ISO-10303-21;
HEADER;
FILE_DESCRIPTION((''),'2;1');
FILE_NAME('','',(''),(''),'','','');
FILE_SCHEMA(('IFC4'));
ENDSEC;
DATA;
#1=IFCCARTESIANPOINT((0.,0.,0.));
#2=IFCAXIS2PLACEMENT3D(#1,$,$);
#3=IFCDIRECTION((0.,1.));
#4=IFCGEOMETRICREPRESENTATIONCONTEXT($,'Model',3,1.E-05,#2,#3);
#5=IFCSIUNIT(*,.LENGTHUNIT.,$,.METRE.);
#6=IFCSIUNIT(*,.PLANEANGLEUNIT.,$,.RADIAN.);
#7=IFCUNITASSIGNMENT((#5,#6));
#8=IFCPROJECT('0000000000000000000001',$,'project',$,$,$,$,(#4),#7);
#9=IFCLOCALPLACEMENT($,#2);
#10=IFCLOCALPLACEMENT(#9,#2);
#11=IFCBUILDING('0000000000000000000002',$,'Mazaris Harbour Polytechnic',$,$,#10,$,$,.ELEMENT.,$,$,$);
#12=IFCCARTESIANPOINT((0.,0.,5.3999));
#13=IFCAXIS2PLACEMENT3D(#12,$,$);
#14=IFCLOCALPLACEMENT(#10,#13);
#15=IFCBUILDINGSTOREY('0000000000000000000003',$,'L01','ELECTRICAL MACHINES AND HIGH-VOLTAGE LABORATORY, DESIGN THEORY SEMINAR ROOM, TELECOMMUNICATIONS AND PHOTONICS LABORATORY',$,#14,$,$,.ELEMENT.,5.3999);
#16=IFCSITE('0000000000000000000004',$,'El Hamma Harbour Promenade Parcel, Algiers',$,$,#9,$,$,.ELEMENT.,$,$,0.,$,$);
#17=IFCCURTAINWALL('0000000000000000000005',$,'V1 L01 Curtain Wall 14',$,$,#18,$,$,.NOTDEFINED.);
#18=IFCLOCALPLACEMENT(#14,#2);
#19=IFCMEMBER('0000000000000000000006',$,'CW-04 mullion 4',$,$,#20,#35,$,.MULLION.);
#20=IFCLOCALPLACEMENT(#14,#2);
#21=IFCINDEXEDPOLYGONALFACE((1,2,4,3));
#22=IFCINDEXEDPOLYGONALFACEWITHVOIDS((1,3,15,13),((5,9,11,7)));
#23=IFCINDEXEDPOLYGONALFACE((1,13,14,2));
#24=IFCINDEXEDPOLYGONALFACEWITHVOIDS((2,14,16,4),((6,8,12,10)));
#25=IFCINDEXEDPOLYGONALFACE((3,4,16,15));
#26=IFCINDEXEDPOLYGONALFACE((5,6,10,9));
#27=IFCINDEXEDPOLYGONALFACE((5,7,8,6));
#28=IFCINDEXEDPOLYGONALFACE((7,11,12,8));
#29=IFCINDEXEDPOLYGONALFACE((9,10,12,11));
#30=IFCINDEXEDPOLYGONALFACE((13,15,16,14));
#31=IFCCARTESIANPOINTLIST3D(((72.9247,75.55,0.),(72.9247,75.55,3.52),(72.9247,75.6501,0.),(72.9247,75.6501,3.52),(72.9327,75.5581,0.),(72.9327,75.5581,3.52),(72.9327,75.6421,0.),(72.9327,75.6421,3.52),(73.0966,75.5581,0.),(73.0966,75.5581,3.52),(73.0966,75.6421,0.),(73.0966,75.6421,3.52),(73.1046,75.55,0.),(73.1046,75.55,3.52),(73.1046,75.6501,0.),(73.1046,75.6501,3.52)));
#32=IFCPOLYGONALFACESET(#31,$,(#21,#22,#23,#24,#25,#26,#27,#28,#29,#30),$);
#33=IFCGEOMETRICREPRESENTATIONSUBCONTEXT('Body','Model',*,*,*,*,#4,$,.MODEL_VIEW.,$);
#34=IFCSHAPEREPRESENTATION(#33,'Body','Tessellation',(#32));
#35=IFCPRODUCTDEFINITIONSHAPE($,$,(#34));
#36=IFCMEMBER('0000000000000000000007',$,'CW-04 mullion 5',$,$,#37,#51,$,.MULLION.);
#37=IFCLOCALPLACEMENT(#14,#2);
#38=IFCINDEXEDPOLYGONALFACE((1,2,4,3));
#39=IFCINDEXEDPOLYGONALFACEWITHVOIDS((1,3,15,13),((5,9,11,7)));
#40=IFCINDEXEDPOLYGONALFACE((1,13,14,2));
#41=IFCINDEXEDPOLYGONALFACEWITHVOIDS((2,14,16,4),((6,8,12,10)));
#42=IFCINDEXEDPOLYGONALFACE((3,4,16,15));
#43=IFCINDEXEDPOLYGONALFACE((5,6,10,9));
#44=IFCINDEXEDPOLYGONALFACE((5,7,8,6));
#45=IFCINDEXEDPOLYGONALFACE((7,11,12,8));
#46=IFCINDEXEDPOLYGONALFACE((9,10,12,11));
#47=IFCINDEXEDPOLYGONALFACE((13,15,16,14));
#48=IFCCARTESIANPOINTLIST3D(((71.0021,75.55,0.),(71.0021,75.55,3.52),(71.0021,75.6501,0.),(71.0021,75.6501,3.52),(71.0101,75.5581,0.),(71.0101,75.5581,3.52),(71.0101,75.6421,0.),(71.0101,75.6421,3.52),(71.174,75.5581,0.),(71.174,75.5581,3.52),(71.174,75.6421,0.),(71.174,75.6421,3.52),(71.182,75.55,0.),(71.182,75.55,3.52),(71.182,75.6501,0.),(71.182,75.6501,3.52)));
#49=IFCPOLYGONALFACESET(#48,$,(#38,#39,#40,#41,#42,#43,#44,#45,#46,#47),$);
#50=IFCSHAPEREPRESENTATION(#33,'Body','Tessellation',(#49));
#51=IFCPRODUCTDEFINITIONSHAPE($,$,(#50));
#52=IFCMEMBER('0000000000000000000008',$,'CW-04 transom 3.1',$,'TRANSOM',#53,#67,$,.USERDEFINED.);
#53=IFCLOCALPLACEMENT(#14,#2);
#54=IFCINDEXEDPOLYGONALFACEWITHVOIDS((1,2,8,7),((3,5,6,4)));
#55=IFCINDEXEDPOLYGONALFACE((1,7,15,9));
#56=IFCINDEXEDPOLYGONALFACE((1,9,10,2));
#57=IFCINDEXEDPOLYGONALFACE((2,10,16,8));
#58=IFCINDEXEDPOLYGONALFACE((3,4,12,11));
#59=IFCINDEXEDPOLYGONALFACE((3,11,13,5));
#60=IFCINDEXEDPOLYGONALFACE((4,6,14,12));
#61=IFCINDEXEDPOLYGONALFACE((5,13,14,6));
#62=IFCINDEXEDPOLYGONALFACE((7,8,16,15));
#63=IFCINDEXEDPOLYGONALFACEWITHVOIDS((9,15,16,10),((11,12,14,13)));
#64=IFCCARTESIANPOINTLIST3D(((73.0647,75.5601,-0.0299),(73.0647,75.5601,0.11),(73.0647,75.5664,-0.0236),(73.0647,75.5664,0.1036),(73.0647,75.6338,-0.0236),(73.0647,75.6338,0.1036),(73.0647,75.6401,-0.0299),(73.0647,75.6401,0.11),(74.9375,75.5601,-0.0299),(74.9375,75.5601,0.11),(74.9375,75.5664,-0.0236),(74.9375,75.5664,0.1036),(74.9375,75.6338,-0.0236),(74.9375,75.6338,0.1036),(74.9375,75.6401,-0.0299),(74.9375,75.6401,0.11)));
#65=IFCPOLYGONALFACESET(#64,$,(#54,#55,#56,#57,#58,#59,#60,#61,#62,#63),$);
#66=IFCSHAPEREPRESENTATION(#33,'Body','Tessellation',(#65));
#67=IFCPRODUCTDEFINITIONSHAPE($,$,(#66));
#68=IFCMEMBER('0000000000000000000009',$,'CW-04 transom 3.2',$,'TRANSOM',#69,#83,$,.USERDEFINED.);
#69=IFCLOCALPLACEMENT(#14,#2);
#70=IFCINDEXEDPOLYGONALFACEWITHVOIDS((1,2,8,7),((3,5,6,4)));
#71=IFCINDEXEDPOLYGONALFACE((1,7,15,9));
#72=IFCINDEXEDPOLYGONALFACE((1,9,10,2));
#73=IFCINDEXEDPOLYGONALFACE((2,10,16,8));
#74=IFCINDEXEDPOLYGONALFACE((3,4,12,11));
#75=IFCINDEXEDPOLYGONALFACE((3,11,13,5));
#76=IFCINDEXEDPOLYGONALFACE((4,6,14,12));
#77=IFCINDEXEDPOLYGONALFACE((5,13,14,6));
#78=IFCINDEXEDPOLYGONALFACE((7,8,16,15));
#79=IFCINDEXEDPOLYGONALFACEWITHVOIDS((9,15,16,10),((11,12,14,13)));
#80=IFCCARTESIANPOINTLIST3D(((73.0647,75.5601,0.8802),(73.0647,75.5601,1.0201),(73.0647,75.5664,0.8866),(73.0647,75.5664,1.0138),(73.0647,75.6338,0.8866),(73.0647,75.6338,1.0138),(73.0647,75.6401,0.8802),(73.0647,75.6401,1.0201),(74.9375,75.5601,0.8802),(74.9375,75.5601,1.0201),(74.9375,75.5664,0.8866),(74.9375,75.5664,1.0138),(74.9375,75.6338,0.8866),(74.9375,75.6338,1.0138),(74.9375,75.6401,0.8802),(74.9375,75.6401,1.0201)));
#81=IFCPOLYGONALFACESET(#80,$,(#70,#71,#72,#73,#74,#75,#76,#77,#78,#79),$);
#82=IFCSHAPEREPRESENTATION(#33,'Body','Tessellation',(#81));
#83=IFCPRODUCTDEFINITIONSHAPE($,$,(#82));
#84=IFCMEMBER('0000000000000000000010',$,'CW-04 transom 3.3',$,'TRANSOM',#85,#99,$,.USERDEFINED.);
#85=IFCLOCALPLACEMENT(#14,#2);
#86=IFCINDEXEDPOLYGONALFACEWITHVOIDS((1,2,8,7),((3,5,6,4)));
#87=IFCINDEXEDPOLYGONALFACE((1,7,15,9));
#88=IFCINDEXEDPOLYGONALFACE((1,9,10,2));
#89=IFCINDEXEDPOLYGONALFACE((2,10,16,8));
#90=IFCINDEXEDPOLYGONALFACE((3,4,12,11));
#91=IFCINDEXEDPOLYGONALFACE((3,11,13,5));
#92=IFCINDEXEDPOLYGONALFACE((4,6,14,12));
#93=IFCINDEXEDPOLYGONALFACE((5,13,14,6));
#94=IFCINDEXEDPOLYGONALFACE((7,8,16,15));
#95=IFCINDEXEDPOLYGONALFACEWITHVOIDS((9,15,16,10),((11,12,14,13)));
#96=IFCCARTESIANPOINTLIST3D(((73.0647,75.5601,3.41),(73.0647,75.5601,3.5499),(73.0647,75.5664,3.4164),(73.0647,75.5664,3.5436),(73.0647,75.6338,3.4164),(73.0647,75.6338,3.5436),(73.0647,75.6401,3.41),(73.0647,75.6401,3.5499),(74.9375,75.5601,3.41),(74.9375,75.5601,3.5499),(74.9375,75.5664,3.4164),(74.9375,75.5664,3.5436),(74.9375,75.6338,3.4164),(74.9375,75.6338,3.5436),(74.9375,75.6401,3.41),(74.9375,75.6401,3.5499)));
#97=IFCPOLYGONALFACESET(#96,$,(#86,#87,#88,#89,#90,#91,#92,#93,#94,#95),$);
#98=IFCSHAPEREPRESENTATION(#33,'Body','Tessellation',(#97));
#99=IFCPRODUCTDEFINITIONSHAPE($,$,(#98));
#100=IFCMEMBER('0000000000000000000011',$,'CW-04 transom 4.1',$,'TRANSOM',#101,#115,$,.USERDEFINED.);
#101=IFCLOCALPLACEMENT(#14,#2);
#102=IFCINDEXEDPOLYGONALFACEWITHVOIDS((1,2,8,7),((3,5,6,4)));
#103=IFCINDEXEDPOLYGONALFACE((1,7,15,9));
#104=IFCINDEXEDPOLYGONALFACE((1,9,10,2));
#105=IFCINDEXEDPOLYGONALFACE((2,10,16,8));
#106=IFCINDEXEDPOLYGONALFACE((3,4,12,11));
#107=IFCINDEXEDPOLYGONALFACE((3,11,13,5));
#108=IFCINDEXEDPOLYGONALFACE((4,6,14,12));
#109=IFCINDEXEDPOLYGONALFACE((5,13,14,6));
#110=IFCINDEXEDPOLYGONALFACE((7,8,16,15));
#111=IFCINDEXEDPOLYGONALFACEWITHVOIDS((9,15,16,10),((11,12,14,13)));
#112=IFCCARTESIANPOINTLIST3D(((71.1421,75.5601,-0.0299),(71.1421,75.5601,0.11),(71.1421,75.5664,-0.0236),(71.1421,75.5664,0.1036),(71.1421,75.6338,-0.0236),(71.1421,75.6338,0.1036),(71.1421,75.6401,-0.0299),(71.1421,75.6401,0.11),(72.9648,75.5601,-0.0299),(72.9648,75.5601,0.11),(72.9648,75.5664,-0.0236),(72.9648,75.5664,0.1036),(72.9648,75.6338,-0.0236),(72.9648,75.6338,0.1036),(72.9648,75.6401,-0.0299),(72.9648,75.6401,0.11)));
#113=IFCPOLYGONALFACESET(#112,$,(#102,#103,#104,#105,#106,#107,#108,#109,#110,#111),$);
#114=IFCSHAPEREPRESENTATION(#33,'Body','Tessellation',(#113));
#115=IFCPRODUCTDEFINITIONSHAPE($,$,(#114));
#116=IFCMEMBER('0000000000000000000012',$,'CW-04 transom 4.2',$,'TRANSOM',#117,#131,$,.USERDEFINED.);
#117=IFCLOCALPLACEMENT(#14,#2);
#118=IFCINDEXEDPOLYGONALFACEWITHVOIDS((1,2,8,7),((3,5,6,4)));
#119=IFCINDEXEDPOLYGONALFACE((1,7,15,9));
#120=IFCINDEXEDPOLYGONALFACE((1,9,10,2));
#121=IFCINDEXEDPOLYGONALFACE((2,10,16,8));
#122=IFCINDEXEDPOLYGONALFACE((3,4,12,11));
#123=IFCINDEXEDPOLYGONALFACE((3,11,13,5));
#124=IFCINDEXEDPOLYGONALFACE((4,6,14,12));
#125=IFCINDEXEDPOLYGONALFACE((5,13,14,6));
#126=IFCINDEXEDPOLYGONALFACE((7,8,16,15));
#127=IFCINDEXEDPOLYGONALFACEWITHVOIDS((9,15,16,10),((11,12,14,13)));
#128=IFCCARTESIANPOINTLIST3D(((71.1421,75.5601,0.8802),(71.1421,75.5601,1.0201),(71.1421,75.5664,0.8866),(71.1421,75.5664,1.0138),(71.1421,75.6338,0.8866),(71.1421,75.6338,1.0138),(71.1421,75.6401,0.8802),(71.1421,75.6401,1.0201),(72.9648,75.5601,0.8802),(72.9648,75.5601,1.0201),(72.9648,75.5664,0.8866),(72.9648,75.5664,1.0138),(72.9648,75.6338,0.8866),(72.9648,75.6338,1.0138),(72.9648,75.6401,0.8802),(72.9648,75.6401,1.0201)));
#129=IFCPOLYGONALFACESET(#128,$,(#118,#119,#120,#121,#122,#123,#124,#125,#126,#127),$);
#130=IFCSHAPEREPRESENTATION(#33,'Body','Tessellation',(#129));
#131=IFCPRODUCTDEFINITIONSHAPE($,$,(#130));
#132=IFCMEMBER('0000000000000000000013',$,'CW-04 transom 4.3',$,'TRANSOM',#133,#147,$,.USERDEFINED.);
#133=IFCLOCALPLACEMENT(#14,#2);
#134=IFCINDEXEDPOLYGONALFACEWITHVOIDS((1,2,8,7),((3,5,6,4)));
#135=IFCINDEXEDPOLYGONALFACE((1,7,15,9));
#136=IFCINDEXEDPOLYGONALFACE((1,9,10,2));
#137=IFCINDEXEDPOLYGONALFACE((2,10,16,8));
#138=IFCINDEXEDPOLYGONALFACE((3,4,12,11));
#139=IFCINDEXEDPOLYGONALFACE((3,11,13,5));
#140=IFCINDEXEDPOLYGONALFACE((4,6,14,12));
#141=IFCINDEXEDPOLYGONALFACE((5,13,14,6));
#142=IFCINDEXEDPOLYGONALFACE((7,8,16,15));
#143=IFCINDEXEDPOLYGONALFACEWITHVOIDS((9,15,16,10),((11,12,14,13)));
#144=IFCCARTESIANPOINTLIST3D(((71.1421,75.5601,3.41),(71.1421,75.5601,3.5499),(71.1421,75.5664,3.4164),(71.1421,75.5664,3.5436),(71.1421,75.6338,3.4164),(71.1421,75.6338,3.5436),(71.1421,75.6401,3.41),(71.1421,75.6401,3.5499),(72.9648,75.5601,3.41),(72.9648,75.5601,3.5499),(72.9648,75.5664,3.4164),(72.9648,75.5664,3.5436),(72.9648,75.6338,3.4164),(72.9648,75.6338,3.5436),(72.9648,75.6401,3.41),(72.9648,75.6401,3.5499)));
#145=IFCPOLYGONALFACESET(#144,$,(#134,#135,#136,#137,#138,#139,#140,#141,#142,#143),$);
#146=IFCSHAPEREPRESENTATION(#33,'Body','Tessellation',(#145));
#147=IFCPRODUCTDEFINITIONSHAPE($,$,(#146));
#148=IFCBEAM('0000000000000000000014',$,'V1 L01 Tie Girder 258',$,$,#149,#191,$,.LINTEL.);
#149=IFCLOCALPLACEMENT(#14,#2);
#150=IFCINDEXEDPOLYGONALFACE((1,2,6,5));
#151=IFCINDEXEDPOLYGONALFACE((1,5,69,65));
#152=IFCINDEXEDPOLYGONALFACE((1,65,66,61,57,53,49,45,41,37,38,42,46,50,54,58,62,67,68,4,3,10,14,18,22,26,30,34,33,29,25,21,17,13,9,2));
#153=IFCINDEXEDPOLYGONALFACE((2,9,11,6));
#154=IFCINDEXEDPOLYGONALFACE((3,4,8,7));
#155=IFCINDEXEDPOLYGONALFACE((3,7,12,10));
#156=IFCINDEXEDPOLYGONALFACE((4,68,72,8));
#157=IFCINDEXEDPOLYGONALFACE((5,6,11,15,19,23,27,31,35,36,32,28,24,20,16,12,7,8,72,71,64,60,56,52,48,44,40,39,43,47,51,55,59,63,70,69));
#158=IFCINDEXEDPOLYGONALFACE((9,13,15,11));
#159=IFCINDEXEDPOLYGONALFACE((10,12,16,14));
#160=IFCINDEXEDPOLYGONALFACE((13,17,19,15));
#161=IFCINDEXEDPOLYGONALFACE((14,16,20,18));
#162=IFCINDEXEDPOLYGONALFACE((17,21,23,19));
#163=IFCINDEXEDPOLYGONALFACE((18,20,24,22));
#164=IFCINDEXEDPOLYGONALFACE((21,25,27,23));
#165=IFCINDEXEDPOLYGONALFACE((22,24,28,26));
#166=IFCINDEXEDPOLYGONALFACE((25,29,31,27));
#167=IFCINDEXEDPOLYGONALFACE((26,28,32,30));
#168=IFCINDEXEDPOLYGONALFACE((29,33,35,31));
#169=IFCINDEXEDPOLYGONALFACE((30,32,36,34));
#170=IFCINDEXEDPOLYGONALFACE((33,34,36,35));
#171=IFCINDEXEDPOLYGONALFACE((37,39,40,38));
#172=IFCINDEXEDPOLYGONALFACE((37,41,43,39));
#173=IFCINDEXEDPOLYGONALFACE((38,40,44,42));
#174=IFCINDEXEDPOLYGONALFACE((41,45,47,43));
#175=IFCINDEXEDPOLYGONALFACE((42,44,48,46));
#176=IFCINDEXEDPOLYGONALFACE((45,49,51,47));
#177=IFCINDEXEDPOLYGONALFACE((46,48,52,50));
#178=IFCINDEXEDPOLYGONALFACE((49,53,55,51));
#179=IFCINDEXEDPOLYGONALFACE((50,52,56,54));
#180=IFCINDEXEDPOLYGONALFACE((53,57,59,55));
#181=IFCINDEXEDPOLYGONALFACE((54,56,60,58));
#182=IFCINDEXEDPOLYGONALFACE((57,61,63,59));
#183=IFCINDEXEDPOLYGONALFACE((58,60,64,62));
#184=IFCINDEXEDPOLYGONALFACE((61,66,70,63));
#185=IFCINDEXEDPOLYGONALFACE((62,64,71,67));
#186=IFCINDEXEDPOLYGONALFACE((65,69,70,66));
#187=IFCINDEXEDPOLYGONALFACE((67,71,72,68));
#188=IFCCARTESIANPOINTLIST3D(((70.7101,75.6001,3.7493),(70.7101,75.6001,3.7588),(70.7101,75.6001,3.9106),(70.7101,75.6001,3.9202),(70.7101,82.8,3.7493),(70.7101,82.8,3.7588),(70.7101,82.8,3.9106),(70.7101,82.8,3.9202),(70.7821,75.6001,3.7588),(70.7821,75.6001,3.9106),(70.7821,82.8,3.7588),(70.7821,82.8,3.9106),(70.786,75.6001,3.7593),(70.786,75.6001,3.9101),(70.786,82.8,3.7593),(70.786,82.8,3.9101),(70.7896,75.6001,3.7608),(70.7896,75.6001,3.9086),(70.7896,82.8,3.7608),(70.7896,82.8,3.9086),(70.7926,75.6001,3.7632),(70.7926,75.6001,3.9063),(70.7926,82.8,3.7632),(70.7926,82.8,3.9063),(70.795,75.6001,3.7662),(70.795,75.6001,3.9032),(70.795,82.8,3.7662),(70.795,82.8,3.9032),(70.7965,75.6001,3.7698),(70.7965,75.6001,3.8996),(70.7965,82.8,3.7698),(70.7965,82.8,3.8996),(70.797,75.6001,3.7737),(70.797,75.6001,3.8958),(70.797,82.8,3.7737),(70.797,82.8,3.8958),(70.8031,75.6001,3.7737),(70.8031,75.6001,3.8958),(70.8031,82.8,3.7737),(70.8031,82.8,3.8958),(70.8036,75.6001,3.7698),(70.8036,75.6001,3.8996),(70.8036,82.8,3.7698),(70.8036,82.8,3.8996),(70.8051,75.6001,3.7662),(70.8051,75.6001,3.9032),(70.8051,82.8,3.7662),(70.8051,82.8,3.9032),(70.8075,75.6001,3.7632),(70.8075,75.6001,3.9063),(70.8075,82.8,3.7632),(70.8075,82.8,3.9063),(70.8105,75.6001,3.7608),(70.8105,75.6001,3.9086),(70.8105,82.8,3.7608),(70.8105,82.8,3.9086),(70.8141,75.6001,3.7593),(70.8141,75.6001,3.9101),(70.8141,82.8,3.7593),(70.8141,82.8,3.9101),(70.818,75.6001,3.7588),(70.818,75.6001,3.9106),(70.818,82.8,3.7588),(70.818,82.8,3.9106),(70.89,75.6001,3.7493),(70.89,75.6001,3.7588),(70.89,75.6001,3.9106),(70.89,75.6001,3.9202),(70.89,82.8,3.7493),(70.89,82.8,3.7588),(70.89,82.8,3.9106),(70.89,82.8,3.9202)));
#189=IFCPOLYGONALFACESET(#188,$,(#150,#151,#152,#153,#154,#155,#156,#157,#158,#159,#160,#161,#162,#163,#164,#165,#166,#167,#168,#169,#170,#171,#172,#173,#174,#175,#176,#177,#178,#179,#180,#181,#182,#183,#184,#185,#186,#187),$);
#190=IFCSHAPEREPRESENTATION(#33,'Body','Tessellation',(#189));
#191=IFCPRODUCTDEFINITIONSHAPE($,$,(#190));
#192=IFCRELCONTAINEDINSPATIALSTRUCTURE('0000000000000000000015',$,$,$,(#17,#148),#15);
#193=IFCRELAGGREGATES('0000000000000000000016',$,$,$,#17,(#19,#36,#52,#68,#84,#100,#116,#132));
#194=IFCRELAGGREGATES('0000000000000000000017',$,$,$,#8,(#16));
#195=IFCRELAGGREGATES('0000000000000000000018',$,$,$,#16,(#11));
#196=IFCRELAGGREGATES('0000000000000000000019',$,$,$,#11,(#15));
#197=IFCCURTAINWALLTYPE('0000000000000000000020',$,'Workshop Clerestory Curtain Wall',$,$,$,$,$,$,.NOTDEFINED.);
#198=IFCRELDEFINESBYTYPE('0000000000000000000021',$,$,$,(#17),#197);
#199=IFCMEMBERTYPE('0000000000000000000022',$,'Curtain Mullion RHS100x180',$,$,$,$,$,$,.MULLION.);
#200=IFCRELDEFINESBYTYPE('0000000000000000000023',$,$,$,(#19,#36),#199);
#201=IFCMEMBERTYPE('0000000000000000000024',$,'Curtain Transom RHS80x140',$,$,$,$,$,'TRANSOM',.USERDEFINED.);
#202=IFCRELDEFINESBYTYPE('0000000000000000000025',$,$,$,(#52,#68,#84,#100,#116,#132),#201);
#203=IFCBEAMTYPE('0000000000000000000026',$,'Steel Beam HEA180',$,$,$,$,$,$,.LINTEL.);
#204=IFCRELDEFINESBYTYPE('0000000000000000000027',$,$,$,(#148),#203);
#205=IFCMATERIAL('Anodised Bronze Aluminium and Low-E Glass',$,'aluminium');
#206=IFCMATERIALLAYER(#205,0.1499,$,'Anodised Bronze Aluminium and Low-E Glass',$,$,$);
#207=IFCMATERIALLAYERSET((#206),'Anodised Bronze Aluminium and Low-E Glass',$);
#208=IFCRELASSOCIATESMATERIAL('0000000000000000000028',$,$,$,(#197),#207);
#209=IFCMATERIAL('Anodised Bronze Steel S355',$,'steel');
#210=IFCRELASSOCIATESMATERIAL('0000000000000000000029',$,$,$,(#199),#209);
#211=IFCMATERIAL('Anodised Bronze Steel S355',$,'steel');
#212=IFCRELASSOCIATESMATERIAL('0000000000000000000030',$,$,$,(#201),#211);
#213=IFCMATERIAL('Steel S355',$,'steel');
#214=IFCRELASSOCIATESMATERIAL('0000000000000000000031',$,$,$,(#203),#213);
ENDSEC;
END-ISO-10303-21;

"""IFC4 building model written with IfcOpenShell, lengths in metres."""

from ifc_helpers import new_model, si_unit, direction, frame, origin, origin_2d, place, context, subcontext, project, spatial, hollow_rectangle, i_section, extrude, material, layer, layer_set, material_profile, profile_set, type_object, element, aggregate, save


model = new_model("IFC4")

# Units and contexts
model_context = context("Model", 3, precision=1e-05, world=origin(), true_north=direction((0.0, 1.0)))
body_context = subcontext(model_context, "Body", "Model", "MODEL_VIEW")
ifc_project = project(units=[si_unit("LENGTHUNIT", "METRE"), si_unit("PLANEANGLEUNIT", "RADIAN")], contexts=[model_context])

# Site, building, storey
site_placement = place(None, origin())
site = spatial("IfcSite", under=ifc_project, at=site_placement, Name="El Hamma Harbour Promenade Parcel, Algiers", CompositionType="ELEMENT", RefElevation=0.0)
building_placement = place(site_placement, origin())
building = spatial("IfcBuilding", under=site, at=building_placement, Name="Mazaris Harbour Polytechnic", CompositionType="ELEMENT")
storey_placement = place(building_placement, frame((0.0, 0.0, 5.3999)))
storey = spatial("IfcBuildingStorey", under=building, at=storey_placement, Name="L01", Description="ELECTRICAL MACHINES AND HIGH-VOLTAGE LABORATORY, DESIGN THEORY SEMINAR ROOM, TELECOMMUNICATIONS AND PHOTONICS LABORATORY", CompositionType="ELEMENT", Elevation=5.3999)

# Curtain wall, members
ifc_material_1 = material(Name="Anodised Bronze Aluminium and Low-E Glass", Category="aluminium")
ifc_layer_1 = layer(ifc_material_1, 0.1499, Name="Anodised Bronze Aluminium and Low-E Glass")
ifc_layer_set_1 = layer_set([ifc_layer_1], Name="Anodised Bronze Aluminium and Low-E Glass")
curtain_wall_type = type_object("IfcCurtainWallType", Name="Workshop Clerestory Curtain Wall", PredefinedType="NOTDEFINED", material=ifc_layer_set_1)
curtain_wall_placement = place(storey_placement, origin())
curtain_wall = element("IfcCurtainWall", 1, at=curtain_wall_placement, inside=storey, type_object=curtain_wall_type, Name="V1 L01 Curtain Wall 14", PredefinedType="NOTDEFINED")
ifc_material_2 = material(Name="Anodised Bronze Steel S355", Category="steel")
ifc_material_profile_1 = material_profile(ifc_material_2, hollow_rectangle(XDim=0.1001, YDim=0.1799, WallThickness=0.0081, at=origin_2d()), Name="RHS 100x180x8.0")
ifc_profile_set_1 = profile_set([ifc_material_profile_1], Name="Anodised Bronze Steel S355")
member_type_1 = type_object("IfcMemberType", Name="Curtain Mullion RHS100x180", PredefinedType="MULLION", material=ifc_profile_set_1)
member_1_placement = place(storey_placement, frame((73.0146, 75.6001, 0.0), z_axis=(0.0, 0.0, 1.0), x_axis=(0.0, -1.0, 0.0)))
member_1 = element("IfcMember", 2, at=member_1_placement, type_object=member_type_1, Name="CW-04 mullion 4", PredefinedType="MULLION", context=body_context, shape_type="SweptSolid", body=[
    extrude(hollow_rectangle(XDim=0.1001, YDim=0.1799, WallThickness=0.0081, at=origin_2d()), origin(), (0.0, 0.0, 1.0), 3.52),
])
member_2_placement = place(storey_placement, frame((71.092, 75.6001, 0.0), z_axis=(0.0, 0.0, 1.0), x_axis=(0.0, -1.0, 0.0)))
member_2 = element("IfcMember", 3, at=member_2_placement, type_object=member_type_1, Name="CW-04 mullion 5", PredefinedType="MULLION", context=body_context, shape_type="SweptSolid", body=[
    extrude(hollow_rectangle(XDim=0.1001, YDim=0.1799, WallThickness=0.0081, at=origin_2d()), origin(), (0.0, 0.0, 1.0), 3.52),
])
ifc_material_3 = material(Name="Anodised Bronze Steel S355", Category="steel")
ifc_material_profile_2 = material_profile(ifc_material_3, hollow_rectangle(XDim=0.0801, YDim=0.1399, WallThickness=0.0063, at=origin_2d()), Name="RHS 80x140x6.3")
ifc_profile_set_2 = profile_set([ifc_material_profile_2], Name="Anodised Bronze Steel S355")
member_type_2 = type_object("IfcMemberType", Name="Curtain Transom RHS80x140", ElementType="TRANSOM", PredefinedType="USERDEFINED", material=ifc_profile_set_2)
member_3_placement = place(storey_placement, frame((74.9375, 75.6001, 0.04), z_axis=(-1.0, 0.0, 0.0), x_axis=(0.0, -1.0, 0.0)))
member_3 = element("IfcMember", 4, at=member_3_placement, type_object=member_type_2, Name="CW-04 transom 3.1", ObjectType="TRANSOM", PredefinedType="USERDEFINED", context=body_context, shape_type="SweptSolid", body=[
    extrude(hollow_rectangle(XDim=0.0801, YDim=0.1399, WallThickness=0.0063, at=origin_2d()), origin(), (0.0, 0.0, 1.0), 1.8728),
])
member_4_placement = place(storey_placement, frame((74.9375, 75.6001, 0.9502), z_axis=(-1.0, 0.0, 0.0), x_axis=(0.0, -1.0, 0.0)))
member_4 = element("IfcMember", 5, at=member_4_placement, type_object=member_type_2, Name="CW-04 transom 3.2", ObjectType="TRANSOM", PredefinedType="USERDEFINED", context=body_context, shape_type="SweptSolid", body=[
    extrude(hollow_rectangle(XDim=0.0801, YDim=0.1399, WallThickness=0.0063, at=origin_2d()), origin(), (0.0, 0.0, 1.0), 1.8728),
])
member_5_placement = place(storey_placement, frame((74.9375, 75.6001, 3.48), z_axis=(-1.0, 0.0, 0.0), x_axis=(0.0, -1.0, 0.0)))
member_5 = element("IfcMember", 6, at=member_5_placement, type_object=member_type_2, Name="CW-04 transom 3.3", ObjectType="TRANSOM", PredefinedType="USERDEFINED", context=body_context, shape_type="SweptSolid", body=[
    extrude(hollow_rectangle(XDim=0.0801, YDim=0.1399, WallThickness=0.0063, at=origin_2d()), origin(), (0.0, 0.0, 1.0), 1.8728),
])
member_6_placement = place(storey_placement, frame((72.9648, 75.6001, 0.04), z_axis=(-1.0, 0.0, 0.0), x_axis=(0.0, -1.0, 0.0)))
member_6 = element("IfcMember", 7, at=member_6_placement, type_object=member_type_2, Name="CW-04 transom 4.1", ObjectType="TRANSOM", PredefinedType="USERDEFINED", context=body_context, shape_type="SweptSolid", body=[
    extrude(hollow_rectangle(XDim=0.0801, YDim=0.1399, WallThickness=0.0063, at=origin_2d()), origin(), (0.0, 0.0, 1.0), 1.8228),
])
member_7_placement = place(storey_placement, frame((72.9648, 75.6001, 0.9502), z_axis=(-1.0, 0.0, 0.0), x_axis=(0.0, -1.0, 0.0)))
member_7 = element("IfcMember", 8, at=member_7_placement, type_object=member_type_2, Name="CW-04 transom 4.2", ObjectType="TRANSOM", PredefinedType="USERDEFINED", context=body_context, shape_type="SweptSolid", body=[
    extrude(hollow_rectangle(XDim=0.0801, YDim=0.1399, WallThickness=0.0063, at=origin_2d()), origin(), (0.0, 0.0, 1.0), 1.8228),
])
member_8_placement = place(storey_placement, frame((72.9648, 75.6001, 3.48), z_axis=(-1.0, 0.0, 0.0), x_axis=(0.0, -1.0, 0.0)))
member_8 = element("IfcMember", 9, at=member_8_placement, type_object=member_type_2, Name="CW-04 transom 4.3", ObjectType="TRANSOM", PredefinedType="USERDEFINED", context=body_context, shape_type="SweptSolid", body=[
    extrude(hollow_rectangle(XDim=0.0801, YDim=0.1399, WallThickness=0.0063, at=origin_2d()), origin(), (0.0, 0.0, 1.0), 1.8228),
])

# Beam
ifc_material_4 = material(Name="Steel S355", Category="steel")
ifc_material_profile_3 = material_profile(ifc_material_4, i_section(OverallWidth=0.1799, OverallDepth=0.1709, WebThickness=0.0061, FlangeThickness=0.0095, FilletRadius=0.0149, at=origin_2d()), Name="HEA 180")
ifc_profile_set_3 = profile_set([ifc_material_profile_3], Name="Steel S355")
beam_type = type_object("IfcBeamType", Name="Steel Beam HEA180", PredefinedType="LINTEL", material=ifc_profile_set_3)
beam_placement = place(storey_placement, frame((70.8, 75.6001, 3.8347), z_axis=(0.0, 1.0, 0.0), x_axis=(-1.0, 0.0, 0.0)))
element("IfcBeam", 10, at=beam_placement, inside=storey, type_object=beam_type, Name="V1 L01 Tie Girder 258", PredefinedType="LINTEL", context=body_context, shape_type="SweptSolid", body=[
    extrude(i_section(OverallWidth=0.1799, OverallDepth=0.1709, WebThickness=0.0061, FlangeThickness=0.0095, FilletRadius=0.0149, at=origin_2d()), origin(), (0.0, 0.0, 1.0), 7.2),
])

aggregate(curtain_wall, [member_1, member_2, member_3, member_4, member_5, member_6, member_7, member_8])

save(model, "model.ifc")
